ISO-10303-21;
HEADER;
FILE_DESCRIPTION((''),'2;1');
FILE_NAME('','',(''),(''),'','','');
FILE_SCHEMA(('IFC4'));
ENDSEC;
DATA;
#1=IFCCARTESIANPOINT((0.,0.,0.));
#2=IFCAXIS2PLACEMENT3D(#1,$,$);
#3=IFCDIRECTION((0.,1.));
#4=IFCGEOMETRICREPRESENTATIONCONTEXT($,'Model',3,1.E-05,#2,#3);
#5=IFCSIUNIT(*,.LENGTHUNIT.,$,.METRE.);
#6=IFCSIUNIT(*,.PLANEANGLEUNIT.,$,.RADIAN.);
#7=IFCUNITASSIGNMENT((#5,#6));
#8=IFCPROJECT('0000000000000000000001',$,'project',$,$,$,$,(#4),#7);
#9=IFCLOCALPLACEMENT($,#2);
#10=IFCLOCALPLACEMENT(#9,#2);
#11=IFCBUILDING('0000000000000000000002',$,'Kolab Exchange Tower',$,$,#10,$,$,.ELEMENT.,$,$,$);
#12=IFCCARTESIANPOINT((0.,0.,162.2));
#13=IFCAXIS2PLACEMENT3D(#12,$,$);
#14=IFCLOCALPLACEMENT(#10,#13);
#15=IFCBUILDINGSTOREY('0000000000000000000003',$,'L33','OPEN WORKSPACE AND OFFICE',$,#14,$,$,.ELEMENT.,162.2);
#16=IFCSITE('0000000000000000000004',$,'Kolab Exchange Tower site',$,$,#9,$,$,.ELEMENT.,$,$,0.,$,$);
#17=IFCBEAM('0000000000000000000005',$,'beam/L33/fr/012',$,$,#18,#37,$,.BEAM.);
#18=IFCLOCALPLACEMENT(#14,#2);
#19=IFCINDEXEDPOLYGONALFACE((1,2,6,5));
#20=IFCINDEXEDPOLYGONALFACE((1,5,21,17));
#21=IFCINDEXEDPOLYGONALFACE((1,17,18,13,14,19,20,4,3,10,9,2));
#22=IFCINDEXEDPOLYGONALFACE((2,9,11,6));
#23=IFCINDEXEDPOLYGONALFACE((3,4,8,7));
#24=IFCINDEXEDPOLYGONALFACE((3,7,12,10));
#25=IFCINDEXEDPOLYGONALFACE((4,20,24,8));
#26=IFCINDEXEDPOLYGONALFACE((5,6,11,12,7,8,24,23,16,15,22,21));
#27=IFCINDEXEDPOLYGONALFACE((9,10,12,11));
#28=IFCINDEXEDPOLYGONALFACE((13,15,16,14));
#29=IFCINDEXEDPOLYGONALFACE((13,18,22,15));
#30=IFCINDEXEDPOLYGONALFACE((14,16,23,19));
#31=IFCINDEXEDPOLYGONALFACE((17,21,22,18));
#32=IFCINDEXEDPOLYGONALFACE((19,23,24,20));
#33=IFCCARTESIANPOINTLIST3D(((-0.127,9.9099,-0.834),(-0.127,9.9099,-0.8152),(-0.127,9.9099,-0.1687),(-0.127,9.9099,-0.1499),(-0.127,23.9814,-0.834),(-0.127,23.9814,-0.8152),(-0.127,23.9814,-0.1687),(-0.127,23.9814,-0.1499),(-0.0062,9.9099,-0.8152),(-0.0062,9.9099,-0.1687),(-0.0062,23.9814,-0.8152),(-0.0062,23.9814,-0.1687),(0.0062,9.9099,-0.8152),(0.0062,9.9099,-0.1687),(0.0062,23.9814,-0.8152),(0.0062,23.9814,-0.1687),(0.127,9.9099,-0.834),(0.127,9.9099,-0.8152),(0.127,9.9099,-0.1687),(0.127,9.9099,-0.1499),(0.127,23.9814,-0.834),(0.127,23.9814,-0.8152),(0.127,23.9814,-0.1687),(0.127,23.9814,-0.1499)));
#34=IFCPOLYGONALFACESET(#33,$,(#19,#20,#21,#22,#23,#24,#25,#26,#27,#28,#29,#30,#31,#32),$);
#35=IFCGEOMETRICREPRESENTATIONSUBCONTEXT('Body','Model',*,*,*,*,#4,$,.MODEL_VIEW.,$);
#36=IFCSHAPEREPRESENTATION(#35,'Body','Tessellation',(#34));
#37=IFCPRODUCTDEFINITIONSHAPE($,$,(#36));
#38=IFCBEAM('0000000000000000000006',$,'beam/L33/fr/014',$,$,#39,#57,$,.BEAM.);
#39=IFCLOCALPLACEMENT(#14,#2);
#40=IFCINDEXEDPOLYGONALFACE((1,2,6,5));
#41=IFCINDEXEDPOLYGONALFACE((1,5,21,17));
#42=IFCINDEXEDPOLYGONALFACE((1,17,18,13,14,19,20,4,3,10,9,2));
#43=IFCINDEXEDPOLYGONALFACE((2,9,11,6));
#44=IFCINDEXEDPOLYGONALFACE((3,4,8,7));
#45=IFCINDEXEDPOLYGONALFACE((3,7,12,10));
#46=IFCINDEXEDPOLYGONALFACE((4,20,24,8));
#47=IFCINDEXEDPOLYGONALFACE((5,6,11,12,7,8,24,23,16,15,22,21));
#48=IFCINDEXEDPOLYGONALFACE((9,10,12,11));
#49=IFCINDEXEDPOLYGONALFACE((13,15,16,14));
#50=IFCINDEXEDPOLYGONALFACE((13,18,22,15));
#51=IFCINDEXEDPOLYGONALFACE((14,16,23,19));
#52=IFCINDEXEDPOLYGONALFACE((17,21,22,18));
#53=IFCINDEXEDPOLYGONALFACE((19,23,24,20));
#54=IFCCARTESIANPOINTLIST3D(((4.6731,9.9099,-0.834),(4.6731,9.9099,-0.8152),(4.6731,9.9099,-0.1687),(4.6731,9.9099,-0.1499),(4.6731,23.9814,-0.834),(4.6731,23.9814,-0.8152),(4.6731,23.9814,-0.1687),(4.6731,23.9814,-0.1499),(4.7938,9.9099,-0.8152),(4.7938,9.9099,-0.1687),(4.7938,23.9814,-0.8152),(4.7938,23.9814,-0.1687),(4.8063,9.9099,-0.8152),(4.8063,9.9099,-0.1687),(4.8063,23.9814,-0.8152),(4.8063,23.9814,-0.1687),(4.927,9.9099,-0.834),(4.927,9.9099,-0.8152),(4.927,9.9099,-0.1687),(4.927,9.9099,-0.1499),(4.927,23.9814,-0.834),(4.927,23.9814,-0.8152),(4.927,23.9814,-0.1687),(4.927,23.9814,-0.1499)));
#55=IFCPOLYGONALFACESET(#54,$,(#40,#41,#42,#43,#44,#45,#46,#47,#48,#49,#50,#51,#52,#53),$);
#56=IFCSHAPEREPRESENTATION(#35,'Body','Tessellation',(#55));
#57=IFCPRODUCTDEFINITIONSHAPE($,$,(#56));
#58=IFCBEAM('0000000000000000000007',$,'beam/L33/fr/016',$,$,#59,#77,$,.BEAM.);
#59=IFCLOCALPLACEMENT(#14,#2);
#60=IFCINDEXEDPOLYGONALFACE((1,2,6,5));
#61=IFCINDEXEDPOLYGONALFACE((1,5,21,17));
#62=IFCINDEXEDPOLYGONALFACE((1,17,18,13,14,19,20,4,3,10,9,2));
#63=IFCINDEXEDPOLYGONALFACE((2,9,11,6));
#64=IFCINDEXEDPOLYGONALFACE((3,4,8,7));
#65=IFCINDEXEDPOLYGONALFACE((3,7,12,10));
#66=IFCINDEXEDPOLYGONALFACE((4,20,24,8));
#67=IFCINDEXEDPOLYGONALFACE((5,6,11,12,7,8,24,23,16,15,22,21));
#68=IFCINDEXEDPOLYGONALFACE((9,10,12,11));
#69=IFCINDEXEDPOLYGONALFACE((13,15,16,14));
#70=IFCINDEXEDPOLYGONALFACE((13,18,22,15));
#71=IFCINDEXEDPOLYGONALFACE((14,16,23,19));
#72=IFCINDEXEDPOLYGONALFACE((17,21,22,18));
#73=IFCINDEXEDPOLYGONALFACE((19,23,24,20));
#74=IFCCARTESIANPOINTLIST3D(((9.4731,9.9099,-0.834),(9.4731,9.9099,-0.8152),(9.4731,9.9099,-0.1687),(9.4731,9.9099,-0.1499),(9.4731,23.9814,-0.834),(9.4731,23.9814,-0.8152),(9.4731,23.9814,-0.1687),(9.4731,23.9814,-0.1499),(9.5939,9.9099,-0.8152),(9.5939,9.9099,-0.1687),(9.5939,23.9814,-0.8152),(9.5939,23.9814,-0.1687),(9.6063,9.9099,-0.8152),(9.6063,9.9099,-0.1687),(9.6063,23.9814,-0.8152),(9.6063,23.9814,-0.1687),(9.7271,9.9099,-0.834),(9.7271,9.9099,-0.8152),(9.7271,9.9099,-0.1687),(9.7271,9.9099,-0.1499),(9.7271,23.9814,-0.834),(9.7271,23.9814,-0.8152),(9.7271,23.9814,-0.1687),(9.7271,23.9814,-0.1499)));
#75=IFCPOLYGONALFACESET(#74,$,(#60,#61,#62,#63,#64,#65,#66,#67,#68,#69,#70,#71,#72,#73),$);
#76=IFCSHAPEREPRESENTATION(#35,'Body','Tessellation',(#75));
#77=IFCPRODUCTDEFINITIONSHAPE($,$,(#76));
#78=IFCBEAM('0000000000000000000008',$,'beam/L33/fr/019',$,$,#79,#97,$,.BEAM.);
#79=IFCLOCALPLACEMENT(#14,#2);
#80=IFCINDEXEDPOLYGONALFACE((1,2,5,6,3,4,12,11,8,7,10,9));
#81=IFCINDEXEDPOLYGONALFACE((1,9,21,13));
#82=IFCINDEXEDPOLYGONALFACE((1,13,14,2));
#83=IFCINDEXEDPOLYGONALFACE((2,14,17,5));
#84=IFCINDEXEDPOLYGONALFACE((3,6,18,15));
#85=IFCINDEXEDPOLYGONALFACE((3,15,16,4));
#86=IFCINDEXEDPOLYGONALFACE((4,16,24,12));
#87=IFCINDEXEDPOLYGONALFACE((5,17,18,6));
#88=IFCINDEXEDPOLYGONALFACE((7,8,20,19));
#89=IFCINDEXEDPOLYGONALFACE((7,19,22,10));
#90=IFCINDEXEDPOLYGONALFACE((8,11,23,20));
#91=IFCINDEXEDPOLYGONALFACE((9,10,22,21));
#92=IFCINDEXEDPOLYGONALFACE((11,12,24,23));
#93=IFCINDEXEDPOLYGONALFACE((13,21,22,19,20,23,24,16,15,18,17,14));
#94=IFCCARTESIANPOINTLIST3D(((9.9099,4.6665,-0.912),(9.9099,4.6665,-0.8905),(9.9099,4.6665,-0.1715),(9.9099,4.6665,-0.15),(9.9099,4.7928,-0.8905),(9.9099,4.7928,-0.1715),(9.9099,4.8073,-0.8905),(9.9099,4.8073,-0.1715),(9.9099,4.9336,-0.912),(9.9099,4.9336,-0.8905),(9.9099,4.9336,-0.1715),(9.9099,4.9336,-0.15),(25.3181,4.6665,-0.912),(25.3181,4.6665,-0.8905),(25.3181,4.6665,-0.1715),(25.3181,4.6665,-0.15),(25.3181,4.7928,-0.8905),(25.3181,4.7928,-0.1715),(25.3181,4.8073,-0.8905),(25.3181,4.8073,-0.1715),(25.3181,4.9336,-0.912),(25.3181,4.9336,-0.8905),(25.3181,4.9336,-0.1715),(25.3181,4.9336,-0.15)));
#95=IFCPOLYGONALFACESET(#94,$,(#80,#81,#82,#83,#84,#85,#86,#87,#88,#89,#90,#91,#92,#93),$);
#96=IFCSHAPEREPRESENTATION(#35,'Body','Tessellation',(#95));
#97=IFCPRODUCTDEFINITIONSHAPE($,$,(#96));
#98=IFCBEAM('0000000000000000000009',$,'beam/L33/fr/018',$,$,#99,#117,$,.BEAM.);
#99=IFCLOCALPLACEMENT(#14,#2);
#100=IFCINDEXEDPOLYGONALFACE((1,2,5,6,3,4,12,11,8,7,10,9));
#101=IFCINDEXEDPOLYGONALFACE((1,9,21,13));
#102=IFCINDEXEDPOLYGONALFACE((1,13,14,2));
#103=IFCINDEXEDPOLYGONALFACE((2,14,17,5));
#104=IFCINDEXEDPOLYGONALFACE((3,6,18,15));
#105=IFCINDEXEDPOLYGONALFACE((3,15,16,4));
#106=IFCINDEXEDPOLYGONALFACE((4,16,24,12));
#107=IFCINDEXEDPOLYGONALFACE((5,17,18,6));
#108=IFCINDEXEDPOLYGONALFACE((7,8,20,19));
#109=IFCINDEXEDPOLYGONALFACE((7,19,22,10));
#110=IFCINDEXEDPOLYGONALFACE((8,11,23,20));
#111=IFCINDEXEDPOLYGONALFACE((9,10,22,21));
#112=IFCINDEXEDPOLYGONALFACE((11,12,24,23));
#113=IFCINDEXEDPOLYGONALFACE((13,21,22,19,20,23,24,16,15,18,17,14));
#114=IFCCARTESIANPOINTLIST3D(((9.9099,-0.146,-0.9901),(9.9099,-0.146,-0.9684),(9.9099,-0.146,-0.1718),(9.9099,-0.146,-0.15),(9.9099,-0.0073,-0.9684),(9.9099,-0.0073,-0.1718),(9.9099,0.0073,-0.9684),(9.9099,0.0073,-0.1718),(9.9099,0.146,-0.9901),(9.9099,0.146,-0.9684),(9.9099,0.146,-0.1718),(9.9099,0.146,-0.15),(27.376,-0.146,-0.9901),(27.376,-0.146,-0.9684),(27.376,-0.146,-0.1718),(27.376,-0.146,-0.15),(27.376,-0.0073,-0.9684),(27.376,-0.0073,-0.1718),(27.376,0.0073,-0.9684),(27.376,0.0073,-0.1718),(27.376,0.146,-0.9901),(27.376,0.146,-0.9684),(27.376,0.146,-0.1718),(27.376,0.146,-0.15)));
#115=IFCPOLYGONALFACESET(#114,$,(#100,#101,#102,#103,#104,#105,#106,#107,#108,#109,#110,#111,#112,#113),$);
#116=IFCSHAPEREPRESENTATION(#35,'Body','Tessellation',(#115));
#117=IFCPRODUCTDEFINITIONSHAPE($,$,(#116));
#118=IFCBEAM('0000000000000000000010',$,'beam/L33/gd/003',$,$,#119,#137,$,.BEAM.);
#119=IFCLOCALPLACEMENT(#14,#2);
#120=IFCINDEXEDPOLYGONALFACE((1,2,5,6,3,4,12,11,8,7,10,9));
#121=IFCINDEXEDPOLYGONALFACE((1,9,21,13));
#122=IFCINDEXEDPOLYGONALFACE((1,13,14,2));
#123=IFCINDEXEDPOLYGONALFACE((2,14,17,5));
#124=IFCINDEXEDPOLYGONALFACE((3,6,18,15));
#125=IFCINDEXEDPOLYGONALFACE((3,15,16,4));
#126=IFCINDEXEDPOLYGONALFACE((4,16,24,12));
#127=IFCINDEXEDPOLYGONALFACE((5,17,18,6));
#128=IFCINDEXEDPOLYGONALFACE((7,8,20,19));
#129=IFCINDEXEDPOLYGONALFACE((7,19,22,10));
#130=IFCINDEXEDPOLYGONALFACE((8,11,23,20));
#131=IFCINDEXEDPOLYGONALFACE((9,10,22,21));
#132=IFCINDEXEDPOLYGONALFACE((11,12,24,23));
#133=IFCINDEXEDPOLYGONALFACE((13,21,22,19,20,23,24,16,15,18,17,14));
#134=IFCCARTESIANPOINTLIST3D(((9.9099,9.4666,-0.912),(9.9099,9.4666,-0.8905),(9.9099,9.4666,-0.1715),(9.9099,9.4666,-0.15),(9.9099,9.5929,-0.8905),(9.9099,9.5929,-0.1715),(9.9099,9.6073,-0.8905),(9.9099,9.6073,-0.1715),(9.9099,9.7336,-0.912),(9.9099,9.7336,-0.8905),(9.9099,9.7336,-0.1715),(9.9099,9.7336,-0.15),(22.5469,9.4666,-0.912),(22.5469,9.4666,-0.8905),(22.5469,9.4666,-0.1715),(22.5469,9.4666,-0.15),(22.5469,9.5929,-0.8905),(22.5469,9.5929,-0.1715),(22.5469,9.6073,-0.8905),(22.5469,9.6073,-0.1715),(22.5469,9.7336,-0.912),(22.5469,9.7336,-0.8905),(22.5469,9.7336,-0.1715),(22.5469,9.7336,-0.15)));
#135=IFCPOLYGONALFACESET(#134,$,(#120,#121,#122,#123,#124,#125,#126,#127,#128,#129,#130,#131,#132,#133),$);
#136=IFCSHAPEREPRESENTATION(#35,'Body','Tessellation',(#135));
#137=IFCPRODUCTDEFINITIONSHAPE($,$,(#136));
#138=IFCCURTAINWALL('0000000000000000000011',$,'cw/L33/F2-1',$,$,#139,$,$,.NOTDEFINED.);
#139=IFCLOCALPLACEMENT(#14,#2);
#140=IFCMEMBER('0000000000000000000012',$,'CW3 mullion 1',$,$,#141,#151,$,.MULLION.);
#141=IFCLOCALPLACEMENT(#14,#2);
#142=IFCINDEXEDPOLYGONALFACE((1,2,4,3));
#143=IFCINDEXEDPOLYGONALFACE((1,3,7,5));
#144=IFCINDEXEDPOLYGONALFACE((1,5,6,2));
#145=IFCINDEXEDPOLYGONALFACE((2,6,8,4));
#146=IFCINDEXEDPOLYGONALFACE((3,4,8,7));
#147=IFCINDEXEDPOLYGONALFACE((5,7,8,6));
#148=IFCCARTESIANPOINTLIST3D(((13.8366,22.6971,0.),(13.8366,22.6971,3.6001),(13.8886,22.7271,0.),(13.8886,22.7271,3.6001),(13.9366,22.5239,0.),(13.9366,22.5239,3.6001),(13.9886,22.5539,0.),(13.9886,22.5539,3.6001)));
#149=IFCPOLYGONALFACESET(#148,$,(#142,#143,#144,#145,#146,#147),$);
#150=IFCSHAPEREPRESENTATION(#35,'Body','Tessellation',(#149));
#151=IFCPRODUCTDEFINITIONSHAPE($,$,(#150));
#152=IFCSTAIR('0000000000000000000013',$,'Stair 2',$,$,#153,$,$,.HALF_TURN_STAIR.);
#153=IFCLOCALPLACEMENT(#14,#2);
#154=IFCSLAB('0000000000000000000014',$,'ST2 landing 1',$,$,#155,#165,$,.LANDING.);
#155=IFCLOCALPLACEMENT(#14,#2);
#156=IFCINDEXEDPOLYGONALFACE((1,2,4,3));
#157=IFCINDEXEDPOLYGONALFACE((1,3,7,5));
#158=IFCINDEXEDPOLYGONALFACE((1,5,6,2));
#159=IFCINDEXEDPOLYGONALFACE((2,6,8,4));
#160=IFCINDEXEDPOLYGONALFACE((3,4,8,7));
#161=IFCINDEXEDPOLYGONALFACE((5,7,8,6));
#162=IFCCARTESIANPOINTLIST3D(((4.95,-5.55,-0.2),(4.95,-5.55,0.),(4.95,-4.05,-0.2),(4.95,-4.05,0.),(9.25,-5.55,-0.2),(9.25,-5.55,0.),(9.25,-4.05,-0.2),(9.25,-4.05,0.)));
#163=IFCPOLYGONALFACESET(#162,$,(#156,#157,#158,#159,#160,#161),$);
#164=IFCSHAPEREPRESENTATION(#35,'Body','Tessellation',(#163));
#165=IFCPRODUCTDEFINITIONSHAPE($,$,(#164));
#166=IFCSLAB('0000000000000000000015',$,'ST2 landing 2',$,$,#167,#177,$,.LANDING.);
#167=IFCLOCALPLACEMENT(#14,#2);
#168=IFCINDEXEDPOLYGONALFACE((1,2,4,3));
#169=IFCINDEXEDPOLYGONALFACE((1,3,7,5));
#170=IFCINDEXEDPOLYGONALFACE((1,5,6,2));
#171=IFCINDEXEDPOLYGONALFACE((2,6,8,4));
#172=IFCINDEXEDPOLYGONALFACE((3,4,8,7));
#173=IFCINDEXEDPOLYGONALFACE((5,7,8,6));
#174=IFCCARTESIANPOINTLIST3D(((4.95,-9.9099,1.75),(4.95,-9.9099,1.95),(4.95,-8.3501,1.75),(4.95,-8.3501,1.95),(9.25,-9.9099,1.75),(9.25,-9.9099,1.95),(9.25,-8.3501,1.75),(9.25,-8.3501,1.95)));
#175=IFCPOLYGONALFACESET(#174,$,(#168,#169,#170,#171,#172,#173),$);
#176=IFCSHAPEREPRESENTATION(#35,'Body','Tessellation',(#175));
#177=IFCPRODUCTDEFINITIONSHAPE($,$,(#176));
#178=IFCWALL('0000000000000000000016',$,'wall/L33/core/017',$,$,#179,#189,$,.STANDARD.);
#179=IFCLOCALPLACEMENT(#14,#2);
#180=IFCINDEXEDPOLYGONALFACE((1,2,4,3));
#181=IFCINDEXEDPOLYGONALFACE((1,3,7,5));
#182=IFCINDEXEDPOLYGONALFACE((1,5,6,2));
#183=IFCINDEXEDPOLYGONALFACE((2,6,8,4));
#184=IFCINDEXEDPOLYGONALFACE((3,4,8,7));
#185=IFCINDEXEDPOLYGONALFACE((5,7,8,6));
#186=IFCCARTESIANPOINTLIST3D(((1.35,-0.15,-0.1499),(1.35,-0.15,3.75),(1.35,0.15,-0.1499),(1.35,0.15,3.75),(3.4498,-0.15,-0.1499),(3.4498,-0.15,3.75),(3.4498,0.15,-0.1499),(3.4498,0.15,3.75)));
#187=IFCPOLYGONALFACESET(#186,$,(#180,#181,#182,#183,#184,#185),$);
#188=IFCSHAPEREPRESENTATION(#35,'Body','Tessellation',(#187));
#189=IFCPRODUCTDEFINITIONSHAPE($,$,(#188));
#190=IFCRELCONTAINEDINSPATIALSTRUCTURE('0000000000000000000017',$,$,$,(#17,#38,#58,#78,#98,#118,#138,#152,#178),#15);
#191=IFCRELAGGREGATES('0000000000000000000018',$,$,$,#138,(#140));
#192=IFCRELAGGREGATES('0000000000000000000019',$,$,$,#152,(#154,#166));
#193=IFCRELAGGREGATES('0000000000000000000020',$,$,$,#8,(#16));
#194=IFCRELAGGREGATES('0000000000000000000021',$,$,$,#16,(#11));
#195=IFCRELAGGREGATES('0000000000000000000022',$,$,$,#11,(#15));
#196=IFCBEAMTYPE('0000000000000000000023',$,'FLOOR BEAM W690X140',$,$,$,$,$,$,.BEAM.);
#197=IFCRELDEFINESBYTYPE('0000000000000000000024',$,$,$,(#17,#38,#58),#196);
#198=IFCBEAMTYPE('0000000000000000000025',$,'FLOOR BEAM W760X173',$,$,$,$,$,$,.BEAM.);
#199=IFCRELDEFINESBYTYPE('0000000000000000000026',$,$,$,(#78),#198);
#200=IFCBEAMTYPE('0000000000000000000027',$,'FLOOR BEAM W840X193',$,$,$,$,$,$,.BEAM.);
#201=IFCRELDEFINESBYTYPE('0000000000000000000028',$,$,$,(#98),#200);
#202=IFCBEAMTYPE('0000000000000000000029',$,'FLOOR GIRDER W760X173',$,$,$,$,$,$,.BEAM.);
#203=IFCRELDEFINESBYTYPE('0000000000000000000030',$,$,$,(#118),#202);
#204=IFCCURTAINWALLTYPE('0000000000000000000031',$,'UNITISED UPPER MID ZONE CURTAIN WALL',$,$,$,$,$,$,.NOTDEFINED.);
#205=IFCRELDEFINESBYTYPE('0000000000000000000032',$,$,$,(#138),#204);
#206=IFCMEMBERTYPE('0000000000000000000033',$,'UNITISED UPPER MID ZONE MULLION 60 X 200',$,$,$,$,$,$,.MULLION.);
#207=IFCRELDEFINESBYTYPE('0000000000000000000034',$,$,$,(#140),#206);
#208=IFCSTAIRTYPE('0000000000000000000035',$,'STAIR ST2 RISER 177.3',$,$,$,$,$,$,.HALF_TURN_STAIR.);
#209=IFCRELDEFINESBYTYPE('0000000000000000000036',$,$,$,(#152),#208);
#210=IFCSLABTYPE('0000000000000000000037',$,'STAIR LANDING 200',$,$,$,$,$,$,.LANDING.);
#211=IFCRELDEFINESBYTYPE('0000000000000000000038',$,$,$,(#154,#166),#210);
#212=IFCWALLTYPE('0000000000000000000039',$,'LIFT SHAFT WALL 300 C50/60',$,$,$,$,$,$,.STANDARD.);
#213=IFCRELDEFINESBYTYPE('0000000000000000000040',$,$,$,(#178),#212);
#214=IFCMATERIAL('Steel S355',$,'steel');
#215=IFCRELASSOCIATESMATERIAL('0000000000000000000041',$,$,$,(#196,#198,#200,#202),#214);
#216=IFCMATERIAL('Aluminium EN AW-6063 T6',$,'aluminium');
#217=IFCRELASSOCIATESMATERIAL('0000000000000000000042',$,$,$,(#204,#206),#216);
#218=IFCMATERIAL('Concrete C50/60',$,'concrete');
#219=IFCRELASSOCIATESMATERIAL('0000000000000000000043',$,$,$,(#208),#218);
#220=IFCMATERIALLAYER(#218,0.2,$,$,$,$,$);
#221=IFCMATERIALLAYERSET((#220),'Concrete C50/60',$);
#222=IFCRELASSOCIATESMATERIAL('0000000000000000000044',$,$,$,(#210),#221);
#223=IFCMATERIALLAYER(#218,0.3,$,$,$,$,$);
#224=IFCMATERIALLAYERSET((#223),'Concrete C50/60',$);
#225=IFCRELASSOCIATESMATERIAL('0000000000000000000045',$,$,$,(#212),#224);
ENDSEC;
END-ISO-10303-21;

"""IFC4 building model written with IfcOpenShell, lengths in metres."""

from ifc_helpers import new_model, si_unit, direction, frame, frame_2d, origin, origin_2d, place, context, subcontext, project, spatial, polyline, rectangle, i_section, outline, extrude, material, layer, layer_set, material_profile, profile_set, type_object, element, aggregate, save


model = new_model("IFC4")

# Units and contexts
model_context = context("Model", 3, precision=1e-05, world=origin(), true_north=direction((0.0, 1.0)))
body_context = subcontext(model_context, "Body", "Model", "MODEL_VIEW")
ifc_project = project(units=[si_unit("LENGTHUNIT", "METRE"), si_unit("PLANEANGLEUNIT", "RADIAN")], contexts=[model_context])

# Site, building, storey
site_placement = place(None, origin())
site = spatial("IfcSite", under=ifc_project, at=site_placement, Name="Kolab Exchange Tower site", CompositionType="ELEMENT", RefElevation=0.0)
building_placement = place(site_placement, origin())
building = spatial("IfcBuilding", under=site, at=building_placement, Name="Kolab Exchange Tower", CompositionType="ELEMENT")
storey_placement = place(building_placement, frame((0.0, 0.0, 162.2)))
storey = spatial("IfcBuildingStorey", under=building, at=storey_placement, Name="L33", Description="OPEN WORKSPACE AND OFFICE", CompositionType="ELEMENT", Elevation=162.2)

# Beams
ifc_material_1 = material(Name="Steel S355", Category="steel")
ifc_material_profile_1 = material_profile(ifc_material_1, i_section(OverallWidth=0.2539, OverallDepth=0.6841, WebThickness=0.0125, FlangeThickness=0.0188, at=origin_2d()), Name="W690X140")
ifc_profile_set_1 = profile_set([ifc_material_profile_1], Name="Steel S355")
beam_type_1 = type_object("IfcBeamType", Name="FLOOR BEAM W690X140", PredefinedType="BEAM", material=ifc_profile_set_1)
for number, where, z_axis, x_axis, name in (
    (1, (0.0, 9.9099, -0.4919), (0.0, 1.0, 0.0), (-1.0, 0.0, 0.0), "beam/L33/fr/012"),
    (2, (4.8, 9.9099, -0.4919), (0.0, 1.0, 0.0), (-1.0, 0.0, 0.0), "beam/L33/fr/014"),
    (3, (9.6001, 9.9099, -0.4919), (0.0, 1.0, 0.0), (-1.0, 0.0, 0.0), "beam/L33/fr/016"),
):
    element("IfcBeam", number, at=place(storey_placement, frame(where, z_axis=z_axis, x_axis=x_axis)), inside=storey, type_object=beam_type_1, Name=name, PredefinedType="BEAM", context=body_context, shape_type="SweptSolid", body=[
        extrude(i_section(OverallWidth=0.2539, OverallDepth=0.6841, WebThickness=0.0125, FlangeThickness=0.0188, at=origin_2d()), origin(), (0.0, 0.0, 1.0), 14.0715),
    ])
ifc_material_profile_2 = material_profile(ifc_material_1, i_section(OverallWidth=0.2671, OverallDepth=0.762, WebThickness=0.0144, FlangeThickness=0.0215, at=origin_2d()), Name="W760X173")
ifc_profile_set_2 = profile_set([ifc_material_profile_2], Name="Steel S355")
beam_type_2 = type_object("IfcBeamType", Name="FLOOR BEAM W760X173", PredefinedType="BEAM", material=ifc_profile_set_2)
beam_1_placement = place(storey_placement, frame((9.9099, 4.8, -0.531), z_axis=(1.0, 0.0, 0.0), x_axis=(0.0, 1.0, 0.0)))
element("IfcBeam", 4, at=beam_1_placement, inside=storey, type_object=beam_type_2, Name="beam/L33/fr/019", PredefinedType="BEAM", context=body_context, shape_type="SweptSolid", body=[
    extrude(i_section(OverallWidth=0.2671, OverallDepth=0.762, WebThickness=0.0144, FlangeThickness=0.0215, at=origin_2d()), origin(), (0.0, 0.0, 1.0), 15.4082),
])
ifc_material_profile_3 = material_profile(ifc_material_1, i_section(OverallWidth=0.292, OverallDepth=0.8401, WebThickness=0.0146, FlangeThickness=0.0217, at=origin_2d()), Name="W840X193")
ifc_profile_set_3 = profile_set([ifc_material_profile_3], Name="Steel S355")
beam_type_3 = type_object("IfcBeamType", Name="FLOOR BEAM W840X193", PredefinedType="BEAM", material=ifc_profile_set_3)
beam_2_placement = place(storey_placement, frame((9.9099, 0.0, -0.5701), z_axis=(1.0, 0.0, 0.0), x_axis=(0.0, 1.0, 0.0)))
element("IfcBeam", 5, at=beam_2_placement, inside=storey, type_object=beam_type_3, Name="beam/L33/fr/018", PredefinedType="BEAM", context=body_context, shape_type="SweptSolid", body=[
    extrude(i_section(OverallWidth=0.292, OverallDepth=0.8401, WebThickness=0.0146, FlangeThickness=0.0217, at=origin_2d()), origin(), (0.0, 0.0, 1.0), 17.4661),
])
ifc_material_profile_4 = material_profile(ifc_material_1, i_section(OverallWidth=0.2671, OverallDepth=0.762, WebThickness=0.0144, FlangeThickness=0.0215, at=origin_2d()), Name="W760X173")
ifc_profile_set_4 = profile_set([ifc_material_profile_4], Name="Steel S355")
beam_type_4 = type_object("IfcBeamType", Name="FLOOR GIRDER W760X173", PredefinedType="BEAM", material=ifc_profile_set_4)
beam_3_placement = place(storey_placement, frame((9.9099, 9.6001, -0.531), z_axis=(1.0, 0.0, 0.0), x_axis=(0.0, 1.0, 0.0)))
element("IfcBeam", 6, at=beam_3_placement, inside=storey, type_object=beam_type_4, Name="beam/L33/gd/003", PredefinedType="BEAM", context=body_context, shape_type="SweptSolid", body=[
    extrude(i_section(OverallWidth=0.2671, OverallDepth=0.762, WebThickness=0.0144, FlangeThickness=0.0215, at=origin_2d()), origin(), (0.0, 0.0, 1.0), 12.637),
])

# Curtain wall, member
ifc_material_2 = material(Name="Aluminium EN AW-6063 T6", Category="aluminium")
curtain_wall_type = type_object("IfcCurtainWallType", Name="UNITISED UPPER MID ZONE CURTAIN WALL", PredefinedType="NOTDEFINED", material=ifc_material_2)
curtain_wall_placement = place(storey_placement, origin())
curtain_wall = element("IfcCurtainWall", 7, at=curtain_wall_placement, inside=storey, type_object=curtain_wall_type, Name="cw/L33/F2-1", PredefinedType="NOTDEFINED")
ifc_material_profile_5 = material_profile(ifc_material_2, rectangle(XDim=0.0601, YDim=0.2, at=origin_2d()), Name="RECT 60X200")
ifc_profile_set_5 = profile_set([ifc_material_profile_5], Name="Aluminium EN AW-6063 T6")
member_type = type_object("IfcMemberType", Name="UNITISED UPPER MID ZONE MULLION 60 X 200", PredefinedType="MULLION", material=ifc_profile_set_5)
member_placement = place(storey_placement, frame((13.9126, 22.6255, 0.0), z_axis=(0.0, 0.0, 1.0), x_axis=(0.866025, 0.5, 0.0)))
member = element("IfcMember", 8, at=member_placement, type_object=member_type, Name="CW3 mullion 1", PredefinedType="MULLION", context=body_context, shape_type="SweptSolid", body=[
    extrude(rectangle(XDim=0.0601, YDim=0.2, at=origin_2d()), origin(), (0.0, 0.0, 1.0), 3.6001),
])
aggregate(curtain_wall, [member])

# Stair, slabs
ifc_material_3 = material(Name="Concrete C50/60", Category="concrete")
stair_type = type_object("IfcStairType", Name="STAIR ST2 RISER 177.3", PredefinedType="HALF_TURN_STAIR", material=ifc_material_3)
stair_placement = place(storey_placement, origin())
stair = element("IfcStair", 9, at=stair_placement, inside=storey, type_object=stair_type, Name="Stair 2", PredefinedType="HALF_TURN_STAIR")
ifc_layer_1 = layer(ifc_material_3, 0.2)
ifc_layer_set_1 = layer_set([ifc_layer_1], Name="Concrete C50/60")
slab_type = type_object("IfcSlabType", Name="STAIR LANDING 200", PredefinedType="LANDING", material=ifc_layer_set_1)
slab_1_placement = place(storey_placement, frame((0.0, 0.0, -0.2)))
slab_1 = element("IfcSlab", 10, at=slab_1_placement, type_object=slab_type, Name="ST2 landing 1", PredefinedType="LANDING", context=body_context, shape_type="SweptSolid", body=[
    extrude(outline(polyline([(4.95, -5.55), (9.25, -5.55), (9.25, -4.05), (4.95, -4.05), (4.95, -5.55)])), origin(), (0.0, 0.0, 1.0), 0.2),
])
slab_2_placement = place(storey_placement, frame((0.0, 0.0, 1.75)))
slab_2 = element("IfcSlab", 11, at=slab_2_placement, type_object=slab_type, Name="ST2 landing 2", PredefinedType="LANDING", context=body_context, shape_type="SweptSolid", body=[
    extrude(outline(polyline([(4.95, -9.9099), (9.25, -9.9099), (9.25, -8.3501), (4.95, -8.3501), (4.95, -9.9099)])), origin(), (0.0, 0.0, 1.0), 0.2),
])
aggregate(stair, [slab_1, slab_2])

# Wall
ifc_layer_2 = layer(ifc_material_3, 0.3)
ifc_layer_set_2 = layer_set([ifc_layer_2], Name="Concrete C50/60")
wall_type_1 = type_object("IfcWallType", Name="LIFT SHAFT WALL 300 C50/60", PredefinedType="STANDARD", material=ifc_layer_set_2)
wall_1_placement = place(storey_placement, frame((1.3501, 0.0, -0.1499), z_axis=(0.0, 0.0, 1.0), x_axis=(1.0, 0.0, 0.0)))
element("IfcWall", 12, at=wall_1_placement, inside=storey, type_object=wall_type_1, Name="wall/L33/core/017", PredefinedType="STANDARD", context=body_context, shape_type="SweptSolid", body=[
    extrude(rectangle(XDim=2.0999, YDim=0.3, at=frame_2d((1.0498, 0.0))), origin(), (0.0, 0.0, 1.0), 3.8999),
])

save(model, "model.ifc")
